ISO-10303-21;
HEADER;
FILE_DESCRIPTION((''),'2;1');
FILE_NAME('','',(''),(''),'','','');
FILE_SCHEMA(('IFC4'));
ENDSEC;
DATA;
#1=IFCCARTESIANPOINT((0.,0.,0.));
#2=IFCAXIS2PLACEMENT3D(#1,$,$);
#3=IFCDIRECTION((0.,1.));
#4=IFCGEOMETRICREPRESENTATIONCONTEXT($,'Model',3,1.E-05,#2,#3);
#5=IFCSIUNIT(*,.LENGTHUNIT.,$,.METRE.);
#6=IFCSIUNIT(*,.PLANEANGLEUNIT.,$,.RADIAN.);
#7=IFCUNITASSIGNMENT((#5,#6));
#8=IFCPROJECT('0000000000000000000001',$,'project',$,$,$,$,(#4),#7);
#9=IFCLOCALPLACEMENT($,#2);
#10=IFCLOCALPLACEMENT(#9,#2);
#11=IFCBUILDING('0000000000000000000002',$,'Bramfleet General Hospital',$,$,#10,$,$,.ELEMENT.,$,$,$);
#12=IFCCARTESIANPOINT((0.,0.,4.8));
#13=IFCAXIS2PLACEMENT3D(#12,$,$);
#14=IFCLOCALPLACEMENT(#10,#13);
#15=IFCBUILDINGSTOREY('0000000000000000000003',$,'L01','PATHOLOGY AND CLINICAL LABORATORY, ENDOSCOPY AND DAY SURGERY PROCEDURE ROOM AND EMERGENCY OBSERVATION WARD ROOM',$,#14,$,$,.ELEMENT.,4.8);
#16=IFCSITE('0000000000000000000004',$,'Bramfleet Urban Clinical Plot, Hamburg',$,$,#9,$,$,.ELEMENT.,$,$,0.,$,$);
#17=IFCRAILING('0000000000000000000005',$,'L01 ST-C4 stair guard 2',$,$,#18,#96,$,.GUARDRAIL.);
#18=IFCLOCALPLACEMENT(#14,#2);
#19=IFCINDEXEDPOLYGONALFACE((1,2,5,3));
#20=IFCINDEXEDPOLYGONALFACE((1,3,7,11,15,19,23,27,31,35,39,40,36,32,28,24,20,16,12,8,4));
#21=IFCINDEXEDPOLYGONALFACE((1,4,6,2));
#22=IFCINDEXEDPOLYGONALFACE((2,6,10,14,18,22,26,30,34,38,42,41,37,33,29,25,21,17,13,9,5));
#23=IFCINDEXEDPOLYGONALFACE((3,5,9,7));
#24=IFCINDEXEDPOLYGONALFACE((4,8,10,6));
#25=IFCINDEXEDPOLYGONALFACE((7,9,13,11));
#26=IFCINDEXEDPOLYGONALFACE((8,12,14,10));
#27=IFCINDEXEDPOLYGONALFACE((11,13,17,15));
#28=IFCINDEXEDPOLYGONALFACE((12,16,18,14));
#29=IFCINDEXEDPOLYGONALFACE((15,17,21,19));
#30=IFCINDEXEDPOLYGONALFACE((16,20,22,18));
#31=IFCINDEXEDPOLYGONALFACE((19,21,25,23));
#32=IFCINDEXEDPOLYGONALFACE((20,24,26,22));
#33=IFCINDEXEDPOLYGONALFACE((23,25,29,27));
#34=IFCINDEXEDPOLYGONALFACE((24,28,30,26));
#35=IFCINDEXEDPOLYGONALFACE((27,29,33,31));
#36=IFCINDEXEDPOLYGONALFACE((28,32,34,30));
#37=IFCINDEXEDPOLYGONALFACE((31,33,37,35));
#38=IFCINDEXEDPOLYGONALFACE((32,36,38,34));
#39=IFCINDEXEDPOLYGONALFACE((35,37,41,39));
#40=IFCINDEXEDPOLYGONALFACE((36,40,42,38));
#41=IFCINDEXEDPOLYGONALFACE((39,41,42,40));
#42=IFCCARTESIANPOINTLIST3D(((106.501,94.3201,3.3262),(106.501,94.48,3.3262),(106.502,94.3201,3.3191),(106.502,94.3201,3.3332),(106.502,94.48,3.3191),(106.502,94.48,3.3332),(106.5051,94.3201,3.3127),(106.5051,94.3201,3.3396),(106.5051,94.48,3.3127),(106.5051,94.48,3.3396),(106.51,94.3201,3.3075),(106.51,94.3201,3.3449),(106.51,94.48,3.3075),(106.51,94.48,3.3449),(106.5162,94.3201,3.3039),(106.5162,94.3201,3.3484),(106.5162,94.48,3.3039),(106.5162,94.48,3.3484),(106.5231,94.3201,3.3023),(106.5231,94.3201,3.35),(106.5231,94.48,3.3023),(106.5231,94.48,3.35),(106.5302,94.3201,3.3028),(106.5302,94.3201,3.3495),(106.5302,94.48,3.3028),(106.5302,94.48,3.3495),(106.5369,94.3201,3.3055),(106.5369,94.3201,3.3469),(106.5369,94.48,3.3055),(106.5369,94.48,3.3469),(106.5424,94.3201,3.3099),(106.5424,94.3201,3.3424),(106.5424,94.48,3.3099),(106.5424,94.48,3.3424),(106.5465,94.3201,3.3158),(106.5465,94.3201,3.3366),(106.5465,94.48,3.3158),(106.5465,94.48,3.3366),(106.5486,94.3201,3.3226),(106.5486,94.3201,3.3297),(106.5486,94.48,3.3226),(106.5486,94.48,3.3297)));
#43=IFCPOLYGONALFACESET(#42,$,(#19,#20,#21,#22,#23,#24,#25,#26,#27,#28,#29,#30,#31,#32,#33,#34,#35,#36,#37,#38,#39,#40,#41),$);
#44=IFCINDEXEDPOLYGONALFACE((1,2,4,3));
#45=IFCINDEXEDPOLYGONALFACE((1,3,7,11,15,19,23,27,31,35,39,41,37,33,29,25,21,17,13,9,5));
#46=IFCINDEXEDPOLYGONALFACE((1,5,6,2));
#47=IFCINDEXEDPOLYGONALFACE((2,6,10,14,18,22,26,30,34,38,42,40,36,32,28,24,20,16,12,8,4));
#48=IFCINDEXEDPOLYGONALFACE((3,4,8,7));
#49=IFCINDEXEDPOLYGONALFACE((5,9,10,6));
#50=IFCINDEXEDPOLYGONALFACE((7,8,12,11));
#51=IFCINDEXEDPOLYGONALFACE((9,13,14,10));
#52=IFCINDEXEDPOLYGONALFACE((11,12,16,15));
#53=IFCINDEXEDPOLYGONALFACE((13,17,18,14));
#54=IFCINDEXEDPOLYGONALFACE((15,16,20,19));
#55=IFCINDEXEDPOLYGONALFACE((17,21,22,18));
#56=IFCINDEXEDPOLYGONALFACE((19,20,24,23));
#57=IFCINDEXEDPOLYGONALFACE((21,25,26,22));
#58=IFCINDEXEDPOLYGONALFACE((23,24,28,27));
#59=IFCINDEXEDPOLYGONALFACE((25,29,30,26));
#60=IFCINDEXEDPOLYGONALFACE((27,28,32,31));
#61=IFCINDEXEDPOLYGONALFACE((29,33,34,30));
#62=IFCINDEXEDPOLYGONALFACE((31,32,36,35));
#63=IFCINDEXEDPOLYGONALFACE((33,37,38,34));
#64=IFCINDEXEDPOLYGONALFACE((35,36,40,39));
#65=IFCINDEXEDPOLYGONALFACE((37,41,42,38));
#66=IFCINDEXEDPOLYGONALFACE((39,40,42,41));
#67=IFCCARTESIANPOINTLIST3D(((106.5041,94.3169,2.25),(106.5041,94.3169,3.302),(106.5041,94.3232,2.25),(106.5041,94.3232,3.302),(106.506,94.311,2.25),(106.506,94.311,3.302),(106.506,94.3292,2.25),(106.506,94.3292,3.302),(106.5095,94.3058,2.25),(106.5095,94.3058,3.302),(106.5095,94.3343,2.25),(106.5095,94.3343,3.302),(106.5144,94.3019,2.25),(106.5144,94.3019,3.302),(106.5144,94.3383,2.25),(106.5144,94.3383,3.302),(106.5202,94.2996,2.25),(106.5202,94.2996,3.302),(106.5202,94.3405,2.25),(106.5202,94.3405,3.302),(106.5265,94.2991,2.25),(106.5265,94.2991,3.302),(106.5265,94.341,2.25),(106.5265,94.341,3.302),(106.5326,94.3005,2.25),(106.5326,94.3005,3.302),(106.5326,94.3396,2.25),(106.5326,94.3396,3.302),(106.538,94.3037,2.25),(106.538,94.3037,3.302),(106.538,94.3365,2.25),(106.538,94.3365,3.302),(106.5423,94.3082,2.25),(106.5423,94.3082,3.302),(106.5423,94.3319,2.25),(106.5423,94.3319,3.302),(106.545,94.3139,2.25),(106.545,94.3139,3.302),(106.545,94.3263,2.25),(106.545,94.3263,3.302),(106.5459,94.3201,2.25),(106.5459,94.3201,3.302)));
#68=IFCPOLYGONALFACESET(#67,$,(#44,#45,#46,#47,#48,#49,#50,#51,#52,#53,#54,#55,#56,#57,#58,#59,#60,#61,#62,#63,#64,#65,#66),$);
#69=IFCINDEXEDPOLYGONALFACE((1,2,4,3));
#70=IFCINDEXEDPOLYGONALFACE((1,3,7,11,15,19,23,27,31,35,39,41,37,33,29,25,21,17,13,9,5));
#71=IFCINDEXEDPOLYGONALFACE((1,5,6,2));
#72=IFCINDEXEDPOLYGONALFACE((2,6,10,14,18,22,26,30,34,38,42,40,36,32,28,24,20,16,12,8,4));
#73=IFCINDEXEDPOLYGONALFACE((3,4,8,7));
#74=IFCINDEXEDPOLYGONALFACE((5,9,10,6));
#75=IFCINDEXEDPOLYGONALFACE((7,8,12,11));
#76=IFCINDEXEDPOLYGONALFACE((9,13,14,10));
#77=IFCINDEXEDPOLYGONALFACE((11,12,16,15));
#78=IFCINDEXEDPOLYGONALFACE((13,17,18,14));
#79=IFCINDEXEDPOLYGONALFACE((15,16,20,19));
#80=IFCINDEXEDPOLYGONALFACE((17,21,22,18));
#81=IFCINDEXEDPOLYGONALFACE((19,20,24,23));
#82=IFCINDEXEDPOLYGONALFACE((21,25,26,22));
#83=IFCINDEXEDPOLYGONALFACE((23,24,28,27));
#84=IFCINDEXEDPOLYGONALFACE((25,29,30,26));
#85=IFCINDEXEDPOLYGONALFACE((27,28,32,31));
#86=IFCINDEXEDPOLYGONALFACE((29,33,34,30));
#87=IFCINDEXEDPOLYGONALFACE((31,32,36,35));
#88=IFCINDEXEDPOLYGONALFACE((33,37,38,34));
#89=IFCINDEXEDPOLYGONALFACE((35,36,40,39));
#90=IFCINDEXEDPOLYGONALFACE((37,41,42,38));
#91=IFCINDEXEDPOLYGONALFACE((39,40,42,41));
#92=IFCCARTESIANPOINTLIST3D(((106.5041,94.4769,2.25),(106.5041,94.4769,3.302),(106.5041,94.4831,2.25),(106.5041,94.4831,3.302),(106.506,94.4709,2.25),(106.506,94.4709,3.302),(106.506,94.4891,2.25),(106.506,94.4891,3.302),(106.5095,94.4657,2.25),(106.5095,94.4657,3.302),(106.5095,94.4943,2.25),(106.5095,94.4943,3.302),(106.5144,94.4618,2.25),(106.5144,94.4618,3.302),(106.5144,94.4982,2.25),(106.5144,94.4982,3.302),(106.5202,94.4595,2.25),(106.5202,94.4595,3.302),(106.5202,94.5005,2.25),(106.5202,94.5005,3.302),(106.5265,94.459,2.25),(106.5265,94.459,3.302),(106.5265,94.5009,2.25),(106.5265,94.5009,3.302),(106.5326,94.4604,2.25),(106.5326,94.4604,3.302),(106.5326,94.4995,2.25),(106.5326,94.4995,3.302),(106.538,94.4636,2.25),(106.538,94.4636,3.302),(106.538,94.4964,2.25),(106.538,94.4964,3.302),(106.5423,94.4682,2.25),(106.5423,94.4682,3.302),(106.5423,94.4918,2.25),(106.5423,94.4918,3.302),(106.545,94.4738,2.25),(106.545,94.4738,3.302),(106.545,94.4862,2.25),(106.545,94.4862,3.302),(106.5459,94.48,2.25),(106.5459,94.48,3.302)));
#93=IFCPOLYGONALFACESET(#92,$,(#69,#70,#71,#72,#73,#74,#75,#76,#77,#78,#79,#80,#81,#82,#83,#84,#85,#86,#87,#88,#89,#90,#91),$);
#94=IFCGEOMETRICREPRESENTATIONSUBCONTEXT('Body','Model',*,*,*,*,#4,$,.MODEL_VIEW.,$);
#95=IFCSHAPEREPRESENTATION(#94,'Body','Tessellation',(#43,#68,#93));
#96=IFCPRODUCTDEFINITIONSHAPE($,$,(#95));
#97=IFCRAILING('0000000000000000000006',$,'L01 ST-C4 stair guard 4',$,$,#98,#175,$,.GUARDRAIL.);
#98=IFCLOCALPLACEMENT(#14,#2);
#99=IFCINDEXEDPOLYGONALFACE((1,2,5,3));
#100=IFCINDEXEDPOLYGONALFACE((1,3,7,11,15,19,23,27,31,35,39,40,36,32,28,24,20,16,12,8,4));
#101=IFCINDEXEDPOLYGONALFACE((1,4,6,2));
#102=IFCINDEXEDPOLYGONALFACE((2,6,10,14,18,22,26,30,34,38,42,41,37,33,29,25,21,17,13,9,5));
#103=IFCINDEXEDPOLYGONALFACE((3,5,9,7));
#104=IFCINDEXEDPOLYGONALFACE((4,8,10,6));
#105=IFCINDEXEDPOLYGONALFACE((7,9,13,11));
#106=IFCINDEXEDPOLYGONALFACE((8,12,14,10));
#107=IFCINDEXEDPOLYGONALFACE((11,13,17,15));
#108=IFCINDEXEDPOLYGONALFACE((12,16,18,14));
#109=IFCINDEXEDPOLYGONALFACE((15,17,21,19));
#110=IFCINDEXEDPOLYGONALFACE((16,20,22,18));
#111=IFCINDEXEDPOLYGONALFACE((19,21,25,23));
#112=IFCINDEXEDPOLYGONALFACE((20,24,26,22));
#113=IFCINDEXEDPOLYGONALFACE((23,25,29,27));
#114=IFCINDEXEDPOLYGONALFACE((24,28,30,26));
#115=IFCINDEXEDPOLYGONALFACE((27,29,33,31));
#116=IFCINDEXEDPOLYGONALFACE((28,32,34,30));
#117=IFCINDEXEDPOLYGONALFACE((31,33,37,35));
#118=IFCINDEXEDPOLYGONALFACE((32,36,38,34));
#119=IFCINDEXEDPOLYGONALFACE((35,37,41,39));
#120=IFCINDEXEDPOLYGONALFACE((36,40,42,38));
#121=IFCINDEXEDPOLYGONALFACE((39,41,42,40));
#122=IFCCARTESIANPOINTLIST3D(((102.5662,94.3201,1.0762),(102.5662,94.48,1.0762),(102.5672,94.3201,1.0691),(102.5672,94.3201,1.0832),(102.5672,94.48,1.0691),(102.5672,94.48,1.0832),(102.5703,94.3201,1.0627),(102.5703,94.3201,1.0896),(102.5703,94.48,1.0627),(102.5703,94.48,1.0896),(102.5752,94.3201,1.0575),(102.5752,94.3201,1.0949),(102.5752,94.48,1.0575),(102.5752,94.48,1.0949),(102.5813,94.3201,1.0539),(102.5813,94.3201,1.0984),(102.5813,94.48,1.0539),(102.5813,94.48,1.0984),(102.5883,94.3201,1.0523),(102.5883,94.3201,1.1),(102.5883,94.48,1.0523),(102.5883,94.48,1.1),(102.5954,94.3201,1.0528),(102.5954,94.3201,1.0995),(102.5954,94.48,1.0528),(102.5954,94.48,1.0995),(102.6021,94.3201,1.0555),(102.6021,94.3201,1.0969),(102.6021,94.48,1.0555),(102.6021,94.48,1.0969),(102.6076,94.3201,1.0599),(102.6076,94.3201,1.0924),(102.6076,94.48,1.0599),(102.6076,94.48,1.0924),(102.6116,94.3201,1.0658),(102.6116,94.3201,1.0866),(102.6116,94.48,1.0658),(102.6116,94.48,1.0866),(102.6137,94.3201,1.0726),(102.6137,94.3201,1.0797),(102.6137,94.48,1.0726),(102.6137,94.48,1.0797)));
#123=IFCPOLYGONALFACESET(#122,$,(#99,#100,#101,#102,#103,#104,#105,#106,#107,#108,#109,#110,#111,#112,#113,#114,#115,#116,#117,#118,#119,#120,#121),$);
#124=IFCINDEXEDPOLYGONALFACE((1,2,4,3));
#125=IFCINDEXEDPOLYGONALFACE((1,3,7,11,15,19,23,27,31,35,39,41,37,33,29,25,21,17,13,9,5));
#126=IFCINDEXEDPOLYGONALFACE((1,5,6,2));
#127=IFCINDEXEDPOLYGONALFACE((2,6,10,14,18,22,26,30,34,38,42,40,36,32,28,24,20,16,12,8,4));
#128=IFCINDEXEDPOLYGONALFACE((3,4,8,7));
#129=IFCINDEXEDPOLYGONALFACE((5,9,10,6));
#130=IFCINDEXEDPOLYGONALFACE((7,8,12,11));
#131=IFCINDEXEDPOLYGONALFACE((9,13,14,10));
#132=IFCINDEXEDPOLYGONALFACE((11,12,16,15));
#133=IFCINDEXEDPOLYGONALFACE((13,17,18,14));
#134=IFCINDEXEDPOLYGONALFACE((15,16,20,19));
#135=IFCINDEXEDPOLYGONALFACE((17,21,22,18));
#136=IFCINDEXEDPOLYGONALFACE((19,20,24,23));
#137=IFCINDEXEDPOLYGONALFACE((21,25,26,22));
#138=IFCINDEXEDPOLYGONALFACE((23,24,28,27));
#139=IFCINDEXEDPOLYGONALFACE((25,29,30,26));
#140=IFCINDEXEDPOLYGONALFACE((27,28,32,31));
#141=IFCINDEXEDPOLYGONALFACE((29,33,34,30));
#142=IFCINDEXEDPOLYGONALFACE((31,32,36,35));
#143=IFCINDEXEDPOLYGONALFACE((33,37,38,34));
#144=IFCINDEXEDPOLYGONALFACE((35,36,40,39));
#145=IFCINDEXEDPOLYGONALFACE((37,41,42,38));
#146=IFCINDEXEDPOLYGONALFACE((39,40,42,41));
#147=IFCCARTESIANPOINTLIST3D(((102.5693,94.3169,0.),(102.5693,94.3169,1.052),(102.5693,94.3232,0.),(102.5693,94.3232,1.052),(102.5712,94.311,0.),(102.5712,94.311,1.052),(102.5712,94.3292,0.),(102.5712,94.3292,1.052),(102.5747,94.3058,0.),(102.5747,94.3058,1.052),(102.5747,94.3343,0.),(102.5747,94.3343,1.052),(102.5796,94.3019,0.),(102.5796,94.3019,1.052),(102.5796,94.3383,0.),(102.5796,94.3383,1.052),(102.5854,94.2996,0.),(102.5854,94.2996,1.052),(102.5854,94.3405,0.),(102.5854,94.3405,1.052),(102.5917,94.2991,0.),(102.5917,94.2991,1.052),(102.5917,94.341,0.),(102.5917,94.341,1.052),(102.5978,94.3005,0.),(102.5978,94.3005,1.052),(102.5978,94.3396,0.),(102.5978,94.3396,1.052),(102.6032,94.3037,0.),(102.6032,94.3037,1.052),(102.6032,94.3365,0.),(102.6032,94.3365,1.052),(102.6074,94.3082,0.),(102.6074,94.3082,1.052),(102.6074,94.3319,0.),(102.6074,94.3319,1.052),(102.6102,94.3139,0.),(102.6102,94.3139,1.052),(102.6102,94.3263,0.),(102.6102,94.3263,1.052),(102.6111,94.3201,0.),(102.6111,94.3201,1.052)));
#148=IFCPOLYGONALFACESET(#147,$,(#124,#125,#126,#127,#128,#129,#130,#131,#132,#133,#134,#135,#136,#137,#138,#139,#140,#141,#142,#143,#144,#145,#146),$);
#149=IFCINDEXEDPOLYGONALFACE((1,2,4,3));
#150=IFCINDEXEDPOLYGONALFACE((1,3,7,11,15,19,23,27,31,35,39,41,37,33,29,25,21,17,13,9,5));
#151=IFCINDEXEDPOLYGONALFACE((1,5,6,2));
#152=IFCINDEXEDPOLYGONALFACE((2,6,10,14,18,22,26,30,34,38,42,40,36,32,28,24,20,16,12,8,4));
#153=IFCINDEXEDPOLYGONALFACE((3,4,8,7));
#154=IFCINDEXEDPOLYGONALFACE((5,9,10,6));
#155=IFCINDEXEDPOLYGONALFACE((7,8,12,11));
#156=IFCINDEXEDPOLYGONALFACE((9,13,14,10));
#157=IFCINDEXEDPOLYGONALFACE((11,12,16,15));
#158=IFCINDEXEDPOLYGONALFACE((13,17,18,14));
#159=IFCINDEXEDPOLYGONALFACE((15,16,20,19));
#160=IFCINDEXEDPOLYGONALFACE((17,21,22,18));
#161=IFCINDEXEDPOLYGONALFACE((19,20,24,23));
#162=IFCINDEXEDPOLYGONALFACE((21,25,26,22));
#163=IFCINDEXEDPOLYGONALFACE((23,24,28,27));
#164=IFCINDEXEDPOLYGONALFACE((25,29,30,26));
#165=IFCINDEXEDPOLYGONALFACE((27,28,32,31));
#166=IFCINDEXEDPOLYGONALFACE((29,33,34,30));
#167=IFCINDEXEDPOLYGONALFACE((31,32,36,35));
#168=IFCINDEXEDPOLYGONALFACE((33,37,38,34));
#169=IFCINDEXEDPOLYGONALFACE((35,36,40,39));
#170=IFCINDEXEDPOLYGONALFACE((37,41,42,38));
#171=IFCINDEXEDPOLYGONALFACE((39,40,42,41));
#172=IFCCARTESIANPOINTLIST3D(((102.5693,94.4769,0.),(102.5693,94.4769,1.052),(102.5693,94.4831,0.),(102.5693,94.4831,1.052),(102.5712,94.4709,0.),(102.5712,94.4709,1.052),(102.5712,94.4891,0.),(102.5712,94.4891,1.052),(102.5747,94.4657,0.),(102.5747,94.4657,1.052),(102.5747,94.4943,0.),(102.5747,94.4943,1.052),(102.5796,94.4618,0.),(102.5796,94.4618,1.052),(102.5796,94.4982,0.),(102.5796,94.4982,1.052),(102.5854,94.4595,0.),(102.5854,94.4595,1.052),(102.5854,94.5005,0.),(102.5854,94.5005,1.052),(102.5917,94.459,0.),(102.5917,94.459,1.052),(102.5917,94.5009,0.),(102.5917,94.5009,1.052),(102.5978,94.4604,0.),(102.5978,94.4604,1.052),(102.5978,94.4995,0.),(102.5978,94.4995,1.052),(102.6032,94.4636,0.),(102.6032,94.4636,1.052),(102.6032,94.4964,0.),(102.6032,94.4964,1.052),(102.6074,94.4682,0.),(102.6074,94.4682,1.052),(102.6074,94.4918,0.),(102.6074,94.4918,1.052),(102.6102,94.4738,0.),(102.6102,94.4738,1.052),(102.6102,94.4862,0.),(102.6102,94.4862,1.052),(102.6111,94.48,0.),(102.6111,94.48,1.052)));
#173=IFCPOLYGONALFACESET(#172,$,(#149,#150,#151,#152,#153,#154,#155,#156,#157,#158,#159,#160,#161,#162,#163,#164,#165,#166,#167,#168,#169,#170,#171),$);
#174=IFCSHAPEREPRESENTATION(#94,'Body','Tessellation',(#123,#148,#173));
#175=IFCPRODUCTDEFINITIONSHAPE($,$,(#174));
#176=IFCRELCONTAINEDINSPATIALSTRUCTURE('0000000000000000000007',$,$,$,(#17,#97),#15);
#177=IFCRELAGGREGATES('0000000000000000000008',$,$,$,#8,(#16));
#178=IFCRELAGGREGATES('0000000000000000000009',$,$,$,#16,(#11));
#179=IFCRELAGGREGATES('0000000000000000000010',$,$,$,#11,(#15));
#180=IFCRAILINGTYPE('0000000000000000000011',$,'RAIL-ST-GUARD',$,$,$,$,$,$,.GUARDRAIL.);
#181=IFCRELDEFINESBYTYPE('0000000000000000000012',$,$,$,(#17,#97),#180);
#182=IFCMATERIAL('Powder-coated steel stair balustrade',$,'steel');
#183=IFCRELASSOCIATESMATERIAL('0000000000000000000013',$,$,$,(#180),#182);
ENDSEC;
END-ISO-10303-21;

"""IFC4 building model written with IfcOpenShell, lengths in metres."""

from ifc_helpers import new_model, si_unit, direction, frame, origin, origin_2d, place, context, subcontext, project, spatial, circle, extrude, material, type_object, element, save


model = new_model("IFC4")

# Units and contexts
model_context = context("Model", 3, precision=1e-05, world=origin(), true_north=direction((0.0, 1.0)))
body_context = subcontext(model_context, "Body", "Model", "MODEL_VIEW")
ifc_project = project(units=[si_unit("LENGTHUNIT", "METRE"), si_unit("PLANEANGLEUNIT", "RADIAN")], contexts=[model_context])

# Site, building, storey
site_placement = place(None, origin())
site = spatial("IfcSite", under=ifc_project, at=site_placement, Name="Bramfleet Urban Clinical Plot, Hamburg", CompositionType="ELEMENT", RefElevation=0.0)
building_placement = place(site_placement, origin())
building = spatial("IfcBuilding", under=site, at=building_placement, Name="Bramfleet General Hospital", CompositionType="ELEMENT")
storey_placement = place(building_placement, frame((0.0, 0.0, 4.8)))
storey = spatial("IfcBuildingStorey", under=building, at=storey_placement, Name="L01", Description="PATHOLOGY AND CLINICAL LABORATORY, ENDOSCOPY AND DAY SURGERY PROCEDURE ROOM AND EMERGENCY OBSERVATION WARD ROOM", CompositionType="ELEMENT", Elevation=4.8)

# Railings
ifc_material_1 = material(Name="Powder-coated steel stair balustrade", Category="steel")
railing_type_1 = type_object("IfcRailingType", Name="RAIL-ST-GUARD", PredefinedType="GUARDRAIL", material=ifc_material_1)
for number, where, name in (
    (1, (106.5249, 94.3201, 2.25), "L01 ST-C4 stair guard 2"),
    (2, (102.5901, 94.3201, 0.0), "L01 ST-C4 stair guard 4"),
):
    element("IfcRailing", number, at=place(storey_placement, frame(where)), inside=storey, type_object=railing_type_1, Name=name, PredefinedType="GUARDRAIL", context=body_context, shape_type="SweptSolid", body=[
        extrude(circle(Radius=0.0239, at=origin_2d()), frame((0.0, 0.0, 1.0762), z_axis=(0.0, 1.0, 0.0), x_axis=(-1.0, 0.0, 0.0)), (0.0, 0.0, 1.0), 0.1599),
        extrude(circle(Radius=0.021, at=origin_2d()), origin(), (0.0, 0.0, 1.0), 1.052),
        extrude(circle(Radius=0.021, at=origin_2d()), frame((0.0, 0.1599, 0.0)), (0.0, 0.0, 1.0), 1.052),
    ])

save(model, "model.ifc")
